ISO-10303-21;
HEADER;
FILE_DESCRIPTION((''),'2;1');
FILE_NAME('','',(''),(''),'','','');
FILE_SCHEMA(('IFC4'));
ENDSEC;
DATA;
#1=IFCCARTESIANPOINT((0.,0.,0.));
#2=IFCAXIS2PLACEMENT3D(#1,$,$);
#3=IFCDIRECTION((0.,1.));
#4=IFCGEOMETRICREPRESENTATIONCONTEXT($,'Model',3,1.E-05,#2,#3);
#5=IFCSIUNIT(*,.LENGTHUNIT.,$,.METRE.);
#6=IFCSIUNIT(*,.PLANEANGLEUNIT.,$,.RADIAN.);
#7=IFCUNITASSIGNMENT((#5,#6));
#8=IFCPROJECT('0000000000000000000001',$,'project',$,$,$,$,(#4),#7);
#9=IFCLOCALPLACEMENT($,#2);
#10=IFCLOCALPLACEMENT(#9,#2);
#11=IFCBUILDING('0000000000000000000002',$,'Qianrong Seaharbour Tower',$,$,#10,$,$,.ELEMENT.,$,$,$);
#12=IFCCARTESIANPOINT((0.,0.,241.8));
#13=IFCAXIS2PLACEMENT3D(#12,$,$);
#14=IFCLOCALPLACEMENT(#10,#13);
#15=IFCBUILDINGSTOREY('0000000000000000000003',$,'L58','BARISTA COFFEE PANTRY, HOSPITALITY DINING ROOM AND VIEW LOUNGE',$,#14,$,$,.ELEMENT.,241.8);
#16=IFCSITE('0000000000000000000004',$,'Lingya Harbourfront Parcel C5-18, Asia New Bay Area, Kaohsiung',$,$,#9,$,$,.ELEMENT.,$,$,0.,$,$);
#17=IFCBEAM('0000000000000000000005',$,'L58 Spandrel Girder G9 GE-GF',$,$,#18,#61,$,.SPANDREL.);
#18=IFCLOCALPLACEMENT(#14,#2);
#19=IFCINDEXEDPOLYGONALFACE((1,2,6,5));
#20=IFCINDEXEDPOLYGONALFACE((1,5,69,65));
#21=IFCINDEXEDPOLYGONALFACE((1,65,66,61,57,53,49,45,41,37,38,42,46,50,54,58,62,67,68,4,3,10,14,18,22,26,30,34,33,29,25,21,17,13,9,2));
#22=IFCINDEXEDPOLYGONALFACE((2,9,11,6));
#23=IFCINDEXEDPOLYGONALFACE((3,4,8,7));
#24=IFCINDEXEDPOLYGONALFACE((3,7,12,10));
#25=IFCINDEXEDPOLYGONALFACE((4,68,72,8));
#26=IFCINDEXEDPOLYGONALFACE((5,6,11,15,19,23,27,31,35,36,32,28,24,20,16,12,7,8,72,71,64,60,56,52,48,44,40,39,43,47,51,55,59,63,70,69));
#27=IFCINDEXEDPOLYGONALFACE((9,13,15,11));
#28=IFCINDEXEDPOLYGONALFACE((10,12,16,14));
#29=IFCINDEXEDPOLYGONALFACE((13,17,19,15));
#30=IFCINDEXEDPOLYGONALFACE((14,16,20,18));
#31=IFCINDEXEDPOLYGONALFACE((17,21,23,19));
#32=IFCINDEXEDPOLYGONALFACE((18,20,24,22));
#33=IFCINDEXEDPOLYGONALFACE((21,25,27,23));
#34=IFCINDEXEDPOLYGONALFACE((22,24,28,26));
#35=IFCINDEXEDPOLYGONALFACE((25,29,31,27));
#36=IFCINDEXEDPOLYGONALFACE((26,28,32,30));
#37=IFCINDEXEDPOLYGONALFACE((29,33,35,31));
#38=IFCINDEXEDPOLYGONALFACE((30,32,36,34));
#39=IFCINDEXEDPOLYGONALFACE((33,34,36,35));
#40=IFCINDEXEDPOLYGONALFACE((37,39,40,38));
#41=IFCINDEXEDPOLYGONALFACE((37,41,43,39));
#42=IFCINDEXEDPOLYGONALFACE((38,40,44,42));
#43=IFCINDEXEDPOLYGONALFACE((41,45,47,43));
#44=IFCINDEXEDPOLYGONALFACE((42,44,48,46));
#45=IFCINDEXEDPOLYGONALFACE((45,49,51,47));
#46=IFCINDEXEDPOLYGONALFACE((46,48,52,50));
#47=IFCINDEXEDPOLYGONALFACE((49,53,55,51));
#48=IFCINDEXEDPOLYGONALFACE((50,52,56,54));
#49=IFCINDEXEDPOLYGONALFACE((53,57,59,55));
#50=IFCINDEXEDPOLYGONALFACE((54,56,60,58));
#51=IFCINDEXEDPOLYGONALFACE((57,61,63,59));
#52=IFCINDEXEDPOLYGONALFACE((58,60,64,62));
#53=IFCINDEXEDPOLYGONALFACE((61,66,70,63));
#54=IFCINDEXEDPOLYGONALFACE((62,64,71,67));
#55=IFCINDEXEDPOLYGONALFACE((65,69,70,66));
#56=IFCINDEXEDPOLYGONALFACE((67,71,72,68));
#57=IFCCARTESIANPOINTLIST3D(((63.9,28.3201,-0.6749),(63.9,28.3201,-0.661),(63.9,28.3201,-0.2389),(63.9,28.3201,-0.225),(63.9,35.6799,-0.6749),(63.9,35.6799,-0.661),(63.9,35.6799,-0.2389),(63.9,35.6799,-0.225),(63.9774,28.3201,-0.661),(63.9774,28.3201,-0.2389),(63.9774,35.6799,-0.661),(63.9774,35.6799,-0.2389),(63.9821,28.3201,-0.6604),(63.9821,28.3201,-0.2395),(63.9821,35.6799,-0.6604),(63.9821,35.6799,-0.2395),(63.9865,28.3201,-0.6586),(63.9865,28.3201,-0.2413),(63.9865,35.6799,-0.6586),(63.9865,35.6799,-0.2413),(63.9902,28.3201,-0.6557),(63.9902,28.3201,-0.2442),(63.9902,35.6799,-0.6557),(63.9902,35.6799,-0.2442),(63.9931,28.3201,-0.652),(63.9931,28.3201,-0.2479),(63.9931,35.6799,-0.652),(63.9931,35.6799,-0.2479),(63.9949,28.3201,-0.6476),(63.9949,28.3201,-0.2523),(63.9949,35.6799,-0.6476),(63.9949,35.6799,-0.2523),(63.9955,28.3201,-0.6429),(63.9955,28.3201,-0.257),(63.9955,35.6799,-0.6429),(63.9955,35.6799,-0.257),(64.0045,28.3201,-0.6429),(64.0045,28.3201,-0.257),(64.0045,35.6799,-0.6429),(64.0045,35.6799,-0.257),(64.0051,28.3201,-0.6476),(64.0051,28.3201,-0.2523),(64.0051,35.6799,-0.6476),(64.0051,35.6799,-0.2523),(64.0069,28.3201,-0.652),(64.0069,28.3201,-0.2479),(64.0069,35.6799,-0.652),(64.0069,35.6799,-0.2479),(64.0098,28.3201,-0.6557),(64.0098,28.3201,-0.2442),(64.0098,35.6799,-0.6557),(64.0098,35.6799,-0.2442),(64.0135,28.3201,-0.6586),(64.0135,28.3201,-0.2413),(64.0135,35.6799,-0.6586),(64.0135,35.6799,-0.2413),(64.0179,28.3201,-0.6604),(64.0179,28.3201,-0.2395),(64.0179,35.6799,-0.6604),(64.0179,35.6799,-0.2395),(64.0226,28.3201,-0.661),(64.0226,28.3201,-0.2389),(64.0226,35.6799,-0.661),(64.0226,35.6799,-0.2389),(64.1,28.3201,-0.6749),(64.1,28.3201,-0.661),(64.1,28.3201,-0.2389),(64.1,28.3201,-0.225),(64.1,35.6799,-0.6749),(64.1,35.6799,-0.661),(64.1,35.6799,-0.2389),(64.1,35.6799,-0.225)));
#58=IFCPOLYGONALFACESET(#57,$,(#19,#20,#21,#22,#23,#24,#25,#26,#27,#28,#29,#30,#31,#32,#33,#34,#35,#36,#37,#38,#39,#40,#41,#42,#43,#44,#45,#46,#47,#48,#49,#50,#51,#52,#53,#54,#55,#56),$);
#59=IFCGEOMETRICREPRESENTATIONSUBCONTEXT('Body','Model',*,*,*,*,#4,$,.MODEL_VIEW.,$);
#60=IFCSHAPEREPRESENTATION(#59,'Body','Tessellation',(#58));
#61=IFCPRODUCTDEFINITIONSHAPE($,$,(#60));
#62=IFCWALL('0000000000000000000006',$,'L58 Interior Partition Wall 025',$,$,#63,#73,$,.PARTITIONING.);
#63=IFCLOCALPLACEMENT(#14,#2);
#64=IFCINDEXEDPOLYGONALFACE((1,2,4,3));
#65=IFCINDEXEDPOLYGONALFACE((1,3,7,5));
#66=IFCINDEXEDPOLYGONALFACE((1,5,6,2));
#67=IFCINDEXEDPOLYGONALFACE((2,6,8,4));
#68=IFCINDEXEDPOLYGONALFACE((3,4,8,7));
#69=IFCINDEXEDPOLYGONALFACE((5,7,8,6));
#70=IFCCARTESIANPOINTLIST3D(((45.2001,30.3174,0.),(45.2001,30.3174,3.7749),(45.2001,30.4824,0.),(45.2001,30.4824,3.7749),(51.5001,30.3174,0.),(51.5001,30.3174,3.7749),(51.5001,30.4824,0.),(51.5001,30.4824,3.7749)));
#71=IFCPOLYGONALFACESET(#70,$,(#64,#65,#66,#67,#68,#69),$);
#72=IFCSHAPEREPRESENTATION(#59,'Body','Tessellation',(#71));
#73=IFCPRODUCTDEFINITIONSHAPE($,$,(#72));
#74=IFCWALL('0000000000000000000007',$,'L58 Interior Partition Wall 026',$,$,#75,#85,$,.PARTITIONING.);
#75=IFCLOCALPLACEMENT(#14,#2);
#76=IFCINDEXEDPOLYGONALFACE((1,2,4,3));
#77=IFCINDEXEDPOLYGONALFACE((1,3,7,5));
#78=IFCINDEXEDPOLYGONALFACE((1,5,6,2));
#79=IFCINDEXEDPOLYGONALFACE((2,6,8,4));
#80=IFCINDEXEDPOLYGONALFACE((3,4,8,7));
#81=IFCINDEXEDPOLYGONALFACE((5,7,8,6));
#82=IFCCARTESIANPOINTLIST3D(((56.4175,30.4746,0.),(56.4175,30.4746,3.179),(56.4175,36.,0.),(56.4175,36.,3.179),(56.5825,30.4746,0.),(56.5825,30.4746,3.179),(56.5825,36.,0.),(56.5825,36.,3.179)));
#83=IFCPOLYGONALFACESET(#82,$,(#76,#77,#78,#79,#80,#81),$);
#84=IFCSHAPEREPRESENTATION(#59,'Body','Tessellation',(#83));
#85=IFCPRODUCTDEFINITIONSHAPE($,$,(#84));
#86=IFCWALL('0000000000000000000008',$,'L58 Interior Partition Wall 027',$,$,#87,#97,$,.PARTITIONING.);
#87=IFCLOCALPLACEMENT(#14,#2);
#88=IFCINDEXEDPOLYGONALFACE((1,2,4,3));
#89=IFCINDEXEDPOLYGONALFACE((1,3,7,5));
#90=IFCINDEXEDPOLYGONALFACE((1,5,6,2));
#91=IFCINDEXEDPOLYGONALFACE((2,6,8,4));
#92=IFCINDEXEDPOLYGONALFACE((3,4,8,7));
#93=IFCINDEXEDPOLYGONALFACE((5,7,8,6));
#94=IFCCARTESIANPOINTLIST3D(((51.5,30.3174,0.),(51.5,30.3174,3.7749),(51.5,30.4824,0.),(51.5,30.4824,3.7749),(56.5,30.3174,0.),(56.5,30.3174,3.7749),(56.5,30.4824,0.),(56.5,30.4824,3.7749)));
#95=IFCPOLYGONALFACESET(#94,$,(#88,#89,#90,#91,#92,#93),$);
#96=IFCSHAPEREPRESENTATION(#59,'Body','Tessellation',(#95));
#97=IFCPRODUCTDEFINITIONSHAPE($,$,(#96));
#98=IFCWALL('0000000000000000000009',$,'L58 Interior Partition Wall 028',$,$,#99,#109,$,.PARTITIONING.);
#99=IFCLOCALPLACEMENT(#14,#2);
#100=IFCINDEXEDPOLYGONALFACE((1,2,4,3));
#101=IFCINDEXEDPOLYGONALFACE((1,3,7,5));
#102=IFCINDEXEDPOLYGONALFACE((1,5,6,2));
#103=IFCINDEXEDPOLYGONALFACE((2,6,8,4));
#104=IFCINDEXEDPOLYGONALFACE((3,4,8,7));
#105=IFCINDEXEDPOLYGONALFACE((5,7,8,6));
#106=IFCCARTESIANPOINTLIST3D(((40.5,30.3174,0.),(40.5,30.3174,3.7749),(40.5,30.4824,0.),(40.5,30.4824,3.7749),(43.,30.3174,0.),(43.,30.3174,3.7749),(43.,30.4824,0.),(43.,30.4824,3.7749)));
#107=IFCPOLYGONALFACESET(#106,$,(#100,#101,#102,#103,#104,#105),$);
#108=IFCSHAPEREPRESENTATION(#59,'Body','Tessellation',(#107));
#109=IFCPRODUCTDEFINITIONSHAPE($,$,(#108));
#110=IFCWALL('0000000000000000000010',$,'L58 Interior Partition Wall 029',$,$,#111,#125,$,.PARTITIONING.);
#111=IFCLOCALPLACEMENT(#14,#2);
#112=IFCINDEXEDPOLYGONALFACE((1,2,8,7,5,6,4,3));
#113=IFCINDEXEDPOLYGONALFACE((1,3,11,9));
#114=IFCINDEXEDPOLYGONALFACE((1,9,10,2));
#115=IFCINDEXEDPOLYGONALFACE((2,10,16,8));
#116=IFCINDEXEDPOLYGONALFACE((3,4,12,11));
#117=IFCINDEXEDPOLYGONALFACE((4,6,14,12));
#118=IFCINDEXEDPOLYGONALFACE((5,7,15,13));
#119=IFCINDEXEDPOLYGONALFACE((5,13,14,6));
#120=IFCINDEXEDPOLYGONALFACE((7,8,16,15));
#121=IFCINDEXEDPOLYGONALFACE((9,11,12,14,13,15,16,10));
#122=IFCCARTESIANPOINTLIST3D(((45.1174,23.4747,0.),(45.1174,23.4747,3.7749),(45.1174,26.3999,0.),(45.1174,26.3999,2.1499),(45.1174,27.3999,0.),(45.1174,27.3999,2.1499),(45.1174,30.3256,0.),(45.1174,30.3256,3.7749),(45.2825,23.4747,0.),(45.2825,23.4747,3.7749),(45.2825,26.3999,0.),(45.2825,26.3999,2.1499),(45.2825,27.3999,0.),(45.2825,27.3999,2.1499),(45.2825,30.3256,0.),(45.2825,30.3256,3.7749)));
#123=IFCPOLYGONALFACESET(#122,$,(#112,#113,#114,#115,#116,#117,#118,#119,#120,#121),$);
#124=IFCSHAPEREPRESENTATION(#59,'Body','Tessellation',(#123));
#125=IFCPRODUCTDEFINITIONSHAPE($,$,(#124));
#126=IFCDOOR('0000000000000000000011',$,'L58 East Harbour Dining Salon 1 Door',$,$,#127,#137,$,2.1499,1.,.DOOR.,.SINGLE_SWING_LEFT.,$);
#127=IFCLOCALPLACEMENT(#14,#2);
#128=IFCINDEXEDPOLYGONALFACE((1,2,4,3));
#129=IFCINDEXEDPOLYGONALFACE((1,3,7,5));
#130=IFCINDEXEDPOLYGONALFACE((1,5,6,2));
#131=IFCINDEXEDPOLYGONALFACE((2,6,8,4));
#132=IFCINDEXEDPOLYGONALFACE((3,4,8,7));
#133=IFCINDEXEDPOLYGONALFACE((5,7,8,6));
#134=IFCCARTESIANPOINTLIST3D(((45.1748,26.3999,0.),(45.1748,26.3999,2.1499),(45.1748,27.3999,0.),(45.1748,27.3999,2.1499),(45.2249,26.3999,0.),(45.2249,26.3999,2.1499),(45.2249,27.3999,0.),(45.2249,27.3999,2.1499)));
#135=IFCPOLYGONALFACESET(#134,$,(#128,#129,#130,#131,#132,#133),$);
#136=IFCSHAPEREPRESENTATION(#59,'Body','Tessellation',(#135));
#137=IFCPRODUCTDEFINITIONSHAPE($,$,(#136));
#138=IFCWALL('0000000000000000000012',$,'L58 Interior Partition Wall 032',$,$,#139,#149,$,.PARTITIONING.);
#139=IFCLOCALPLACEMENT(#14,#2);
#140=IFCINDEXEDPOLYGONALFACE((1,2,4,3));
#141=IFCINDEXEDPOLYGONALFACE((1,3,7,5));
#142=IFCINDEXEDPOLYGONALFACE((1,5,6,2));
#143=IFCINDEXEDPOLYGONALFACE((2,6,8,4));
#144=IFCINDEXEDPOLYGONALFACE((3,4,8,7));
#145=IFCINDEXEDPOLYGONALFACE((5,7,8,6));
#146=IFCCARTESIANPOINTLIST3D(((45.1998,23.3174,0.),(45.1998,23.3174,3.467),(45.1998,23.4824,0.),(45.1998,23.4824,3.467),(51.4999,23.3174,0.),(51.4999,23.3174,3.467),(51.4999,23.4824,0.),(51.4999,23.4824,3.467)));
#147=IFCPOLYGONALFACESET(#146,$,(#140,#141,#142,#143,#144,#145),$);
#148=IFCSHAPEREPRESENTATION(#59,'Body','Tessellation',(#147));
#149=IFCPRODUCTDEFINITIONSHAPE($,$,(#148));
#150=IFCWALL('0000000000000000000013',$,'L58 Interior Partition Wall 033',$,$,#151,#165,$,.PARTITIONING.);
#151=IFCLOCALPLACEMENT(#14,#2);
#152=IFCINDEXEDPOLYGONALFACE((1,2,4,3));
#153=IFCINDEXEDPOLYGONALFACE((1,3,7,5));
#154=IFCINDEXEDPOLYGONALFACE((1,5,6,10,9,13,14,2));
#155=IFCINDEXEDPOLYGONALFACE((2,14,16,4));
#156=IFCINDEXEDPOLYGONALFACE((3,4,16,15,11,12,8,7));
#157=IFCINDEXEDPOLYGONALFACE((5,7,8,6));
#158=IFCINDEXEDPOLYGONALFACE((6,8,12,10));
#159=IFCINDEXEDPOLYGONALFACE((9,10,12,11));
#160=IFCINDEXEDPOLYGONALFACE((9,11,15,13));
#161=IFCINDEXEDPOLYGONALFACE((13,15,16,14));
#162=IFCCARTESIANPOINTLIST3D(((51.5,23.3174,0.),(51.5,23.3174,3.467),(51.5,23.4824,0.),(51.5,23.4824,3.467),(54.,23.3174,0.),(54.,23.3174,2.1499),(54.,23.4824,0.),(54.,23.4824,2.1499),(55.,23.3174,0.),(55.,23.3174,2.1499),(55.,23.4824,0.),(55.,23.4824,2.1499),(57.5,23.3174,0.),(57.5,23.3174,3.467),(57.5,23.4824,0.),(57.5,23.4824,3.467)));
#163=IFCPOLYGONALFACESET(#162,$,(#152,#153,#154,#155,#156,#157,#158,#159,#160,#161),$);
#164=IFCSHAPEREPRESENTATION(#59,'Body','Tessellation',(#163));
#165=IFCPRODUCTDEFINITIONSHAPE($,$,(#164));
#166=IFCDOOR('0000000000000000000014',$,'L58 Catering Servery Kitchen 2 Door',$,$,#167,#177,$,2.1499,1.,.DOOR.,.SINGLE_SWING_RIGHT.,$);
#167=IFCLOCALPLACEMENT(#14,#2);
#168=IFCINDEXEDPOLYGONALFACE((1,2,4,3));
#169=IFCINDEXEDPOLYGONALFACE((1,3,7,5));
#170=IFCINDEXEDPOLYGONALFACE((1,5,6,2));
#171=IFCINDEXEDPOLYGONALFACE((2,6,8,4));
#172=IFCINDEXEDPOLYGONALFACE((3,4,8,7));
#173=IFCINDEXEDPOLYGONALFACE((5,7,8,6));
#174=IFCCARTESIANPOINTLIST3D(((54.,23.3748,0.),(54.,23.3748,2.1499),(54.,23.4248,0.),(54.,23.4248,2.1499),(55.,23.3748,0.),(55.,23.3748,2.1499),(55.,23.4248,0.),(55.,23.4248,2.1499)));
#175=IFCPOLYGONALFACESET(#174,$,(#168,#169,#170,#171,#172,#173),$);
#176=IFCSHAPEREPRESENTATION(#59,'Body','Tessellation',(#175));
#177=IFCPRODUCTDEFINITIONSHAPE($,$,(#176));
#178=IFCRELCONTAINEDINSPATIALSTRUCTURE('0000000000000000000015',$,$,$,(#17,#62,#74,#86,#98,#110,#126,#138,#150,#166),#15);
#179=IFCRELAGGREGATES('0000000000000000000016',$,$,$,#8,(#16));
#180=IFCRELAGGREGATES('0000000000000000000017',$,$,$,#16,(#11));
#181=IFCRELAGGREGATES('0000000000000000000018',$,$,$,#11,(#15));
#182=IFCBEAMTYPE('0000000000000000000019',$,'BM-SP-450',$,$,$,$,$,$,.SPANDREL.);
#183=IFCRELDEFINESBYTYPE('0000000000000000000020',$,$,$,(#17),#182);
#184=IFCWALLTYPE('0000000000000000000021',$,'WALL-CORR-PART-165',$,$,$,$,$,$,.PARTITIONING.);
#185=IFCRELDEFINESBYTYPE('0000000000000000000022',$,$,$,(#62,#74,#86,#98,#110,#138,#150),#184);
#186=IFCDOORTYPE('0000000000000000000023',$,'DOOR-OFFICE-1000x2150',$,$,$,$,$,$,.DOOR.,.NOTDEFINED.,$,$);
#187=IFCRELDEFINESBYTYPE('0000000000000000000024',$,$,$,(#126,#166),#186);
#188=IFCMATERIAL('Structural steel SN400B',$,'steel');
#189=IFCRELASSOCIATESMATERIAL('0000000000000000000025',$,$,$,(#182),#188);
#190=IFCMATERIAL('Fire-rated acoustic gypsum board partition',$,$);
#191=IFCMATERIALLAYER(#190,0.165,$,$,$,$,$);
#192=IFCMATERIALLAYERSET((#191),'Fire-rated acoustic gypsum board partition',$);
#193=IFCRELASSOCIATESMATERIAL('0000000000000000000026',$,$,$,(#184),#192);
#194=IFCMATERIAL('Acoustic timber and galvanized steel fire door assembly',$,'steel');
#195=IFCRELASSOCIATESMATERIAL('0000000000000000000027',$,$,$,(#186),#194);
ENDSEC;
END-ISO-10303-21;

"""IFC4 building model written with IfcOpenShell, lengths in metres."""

from ifc_helpers import new_model, si_unit, direction, frame, frame_2d, origin, origin_2d, place, context, subcontext, project, spatial, rectangle, i_section, extrude, material, layer, layer_set, material_profile, profile_set, type_object, element, fill, save


model = new_model("IFC4")

# Units and contexts
model_context = context("Model", 3, precision=1e-05, world=origin(), true_north=direction((0.0, 1.0)))
body_context = subcontext(model_context, "Body", "Model", "MODEL_VIEW")
ifc_project = project(units=[si_unit("LENGTHUNIT", "METRE"), si_unit("PLANEANGLEUNIT", "RADIAN")], contexts=[model_context])

# Site, building, storey
site_placement = place(None, origin())
site = spatial("IfcSite", under=ifc_project, at=site_placement, Name="Lingya Harbourfront Parcel C5-18, Asia New Bay Area, Kaohsiung", CompositionType="ELEMENT", RefElevation=0.0)
building_placement = place(site_placement, origin())
building = spatial("IfcBuilding", under=site, at=building_placement, Name="Qianrong Seaharbour Tower", CompositionType="ELEMENT")
storey_placement = place(building_placement, frame((0.0, 0.0, 241.8)))
storey = spatial("IfcBuildingStorey", under=building, at=storey_placement, Name="L58", Description="BARISTA COFFEE PANTRY, HOSPITALITY DINING ROOM AND VIEW LOUNGE", CompositionType="ELEMENT", Elevation=241.8)

# Beam
ifc_material_1 = material(Name="Structural steel SN400B", Category="steel")
ifc_material_profile_1 = material_profile(ifc_material_1, i_section(OverallWidth=0.2, OverallDepth=0.45, WebThickness=0.009, FlangeThickness=0.0139, FilletRadius=0.0181, at=origin_2d()), Name="H450x200x9x14")
ifc_profile_set_1 = profile_set([ifc_material_profile_1], Name="Structural steel SN400B")
beam_type_1 = type_object("IfcBeamType", Name="BM-SP-450", PredefinedType="SPANDREL", material=ifc_profile_set_1)
beam_1_placement = place(storey_placement, frame((64.0, 28.3201, -0.45), z_axis=(0.0, 1.0, 0.0), x_axis=(-1.0, 0.0, 0.0)))
element("IfcBeam", 1, at=beam_1_placement, inside=storey, type_object=beam_type_1, Name="L58 Spandrel Girder G9 GE-GF", PredefinedType="SPANDREL", context=body_context, shape_type="SweptSolid", body=[
    extrude(i_section(OverallWidth=0.2, OverallDepth=0.45, WebThickness=0.009, FlangeThickness=0.0139, FilletRadius=0.0181, at=origin_2d()), origin(), (0.0, 0.0, 1.0), 7.3599),
])

# Walls
ifc_material_2 = material(Name="Fire-rated acoustic gypsum board partition")
ifc_layer_1 = layer(ifc_material_2, 0.165)
ifc_layer_set_1 = layer_set([ifc_layer_1], Name="Fire-rated acoustic gypsum board partition")
wall_type_1 = type_object("IfcWallType", Name="WALL-CORR-PART-165", PredefinedType="PARTITIONING", material=ifc_layer_set_1)
wall_1_placement = place(storey_placement, frame((51.5, 30.3999, 0.0), z_axis=(0.0, 0.0, 1.0), x_axis=(-1.0, 0.0, 0.0)))
element("IfcWall", 2, at=wall_1_placement, inside=storey, type_object=wall_type_1, Name="L58 Interior Partition Wall 025", PredefinedType="PARTITIONING", context=body_context, shape_type="SweptSolid", body=[
    extrude(rectangle(XDim=6.3, YDim=0.165, at=frame_2d((3.1499, 0.0))), origin(), (0.0, 0.0, 1.0), 3.7749),
])
wall_2_placement = place(storey_placement, frame((56.5, 36.0, 0.0), z_axis=(0.0, 0.0, 1.0), x_axis=(0.0, -1.0, 0.0)))
element("IfcWall", 3, at=wall_2_placement, inside=storey, type_object=wall_type_1, Name="L58 Interior Partition Wall 026", PredefinedType="PARTITIONING", context=body_context, shape_type="SweptSolid", body=[
    extrude(rectangle(XDim=5.5254, YDim=0.165, at=frame_2d((2.7627, 0.0))), origin(), (0.0, 0.0, 1.0), 3.179),
])
wall_3_placement = place(storey_placement, frame((56.5, 30.3999, 0.0), z_axis=(0.0, 0.0, 1.0), x_axis=(-1.0, 0.0, 0.0)))
element("IfcWall", 4, at=wall_3_placement, inside=storey, type_object=wall_type_1, Name="L58 Interior Partition Wall 027", PredefinedType="PARTITIONING", context=body_context, shape_type="SweptSolid", body=[
    extrude(rectangle(XDim=5.0, YDim=0.165, at=frame_2d((2.5, 0.0))), origin(), (0.0, 0.0, 1.0), 3.7749),
])
wall_4_placement = place(storey_placement, frame((43.0, 30.3999, 0.0), z_axis=(0.0, 0.0, 1.0), x_axis=(-1.0, 0.0, 0.0)))
element("IfcWall", 5, at=wall_4_placement, inside=storey, type_object=wall_type_1, Name="L58 Interior Partition Wall 028", PredefinedType="PARTITIONING", context=body_context, shape_type="SweptSolid", body=[
    extrude(rectangle(XDim=2.5, YDim=0.165, at=frame_2d((1.25, 0.0))), origin(), (0.0, 0.0, 1.0), 3.7749),
])

# Wall, opening, door
wall_5_placement = place(storey_placement, frame((45.2, 30.3254, 0.0), z_axis=(0.0, 0.0, 1.0), x_axis=(0.0, -1.0, 0.0)))
wall_5 = element("IfcWall", 6, at=wall_5_placement, inside=storey, type_object=wall_type_1, Name="L58 Interior Partition Wall 029", PredefinedType="PARTITIONING", context=body_context, shape_type="SweptSolid", body=[
    extrude(rectangle(XDim=6.8508, YDim=0.165, at=frame_2d((3.4253, 0.0))), origin(), (0.0, 0.0, 1.0), 3.7749),
])
opening_1_placement = place(wall_5_placement, frame((2.9255, 0.0, 0.0)))
opening_1 = element("IfcOpeningElement", 7, at=opening_1_placement, cuts=wall_5, PredefinedType="OPENING", context=body_context, shape_type="SweptSolid", body=[
    extrude(rectangle(XDim=1.0, YDim=2.1499, at=frame_2d((0.5, 1.075))), frame((0.0, 0.0925, 0.0), z_axis=(0.0, -1.0, 0.0), x_axis=(1.0, 0.0, 0.0)), (0.0, 0.0, 1.0), 0.1851),
])
ifc_material_3 = material(Name="Acoustic timber and galvanized steel fire door assembly", Category="steel")
door_type = type_object("IfcDoorType", Name="DOOR-OFFICE-1000x2150", OperationType="NOTDEFINED", PredefinedType="DOOR", material=ifc_material_3)
door_1_placement = place(opening_1_placement, origin())
door_1 = element("IfcDoor", 8, at=door_1_placement, inside=storey, type_object=door_type, Name="L58 East Harbour Dining Salon 1 Door", OperationType="SINGLE_SWING_LEFT", OverallHeight=2.1499, OverallWidth=1.0, PredefinedType="DOOR", context=body_context, shape_type="SweptSolid", body=[
    extrude(rectangle(XDim=1.0, YDim=2.1499, at=frame_2d((0.5, 1.075))), frame((0.0, 0.0249, 0.0), z_axis=(0.0, -1.0, 0.0), x_axis=(1.0, 0.0, 0.0)), (0.0, 0.0, 1.0), 0.05),
])
fill(opening_1, door_1)

# Wall
wall_6_placement = place(storey_placement, frame((45.2, 23.3999, 0.0), z_axis=(0.0, 0.0, 1.0), x_axis=(1.0, 0.0, 0.0)))
element("IfcWall", 9, at=wall_6_placement, inside=storey, type_object=wall_type_1, Name="L58 Interior Partition Wall 032", PredefinedType="PARTITIONING", context=body_context, shape_type="SweptSolid", body=[
    extrude(rectangle(XDim=6.3, YDim=0.165, at=frame_2d((3.1499, 0.0))), origin(), (0.0, 0.0, 1.0), 3.467),
])

# Wall, opening, door
wall_7_placement = place(storey_placement, frame((51.5, 23.3999, 0.0), z_axis=(0.0, 0.0, 1.0), x_axis=(1.0, 0.0, 0.0)))
wall_7 = element("IfcWall", 10, at=wall_7_placement, inside=storey, type_object=wall_type_1, Name="L58 Interior Partition Wall 033", PredefinedType="PARTITIONING", context=body_context, shape_type="SweptSolid", body=[
    extrude(rectangle(XDim=6.0, YDim=0.165, at=frame_2d((3.0, 0.0))), origin(), (0.0, 0.0, 1.0), 3.467),
])
opening_2_placement = place(wall_7_placement, frame((2.5, 0.0, 0.0)))
opening_2 = element("IfcOpeningElement", 11, at=opening_2_placement, cuts=wall_7, PredefinedType="OPENING", context=body_context, shape_type="SweptSolid", body=[
    extrude(rectangle(XDim=1.0, YDim=2.1499, at=frame_2d((0.5, 1.075))), frame((0.0, 0.0925, 0.0), z_axis=(0.0, -1.0, 0.0), x_axis=(1.0, 0.0, 0.0)), (0.0, 0.0, 1.0), 0.1851),
])
door_2_placement = place(opening_2_placement, origin())
door_2 = element("IfcDoor", 12, at=door_2_placement, inside=storey, type_object=door_type, Name="L58 Catering Servery Kitchen 2 Door", OperationType="SINGLE_SWING_RIGHT", OverallHeight=2.1499, OverallWidth=1.0, PredefinedType="DOOR", context=body_context, shape_type="SweptSolid", body=[
    extrude(rectangle(XDim=1.0, YDim=2.1499, at=frame_2d((0.5, 1.075))), frame((0.0, 0.0249, 0.0), z_axis=(0.0, -1.0, 0.0), x_axis=(1.0, 0.0, 0.0)), (0.0, 0.0, 1.0), 0.05),
])
fill(opening_2, door_2)

save(model, "model.ifc")
